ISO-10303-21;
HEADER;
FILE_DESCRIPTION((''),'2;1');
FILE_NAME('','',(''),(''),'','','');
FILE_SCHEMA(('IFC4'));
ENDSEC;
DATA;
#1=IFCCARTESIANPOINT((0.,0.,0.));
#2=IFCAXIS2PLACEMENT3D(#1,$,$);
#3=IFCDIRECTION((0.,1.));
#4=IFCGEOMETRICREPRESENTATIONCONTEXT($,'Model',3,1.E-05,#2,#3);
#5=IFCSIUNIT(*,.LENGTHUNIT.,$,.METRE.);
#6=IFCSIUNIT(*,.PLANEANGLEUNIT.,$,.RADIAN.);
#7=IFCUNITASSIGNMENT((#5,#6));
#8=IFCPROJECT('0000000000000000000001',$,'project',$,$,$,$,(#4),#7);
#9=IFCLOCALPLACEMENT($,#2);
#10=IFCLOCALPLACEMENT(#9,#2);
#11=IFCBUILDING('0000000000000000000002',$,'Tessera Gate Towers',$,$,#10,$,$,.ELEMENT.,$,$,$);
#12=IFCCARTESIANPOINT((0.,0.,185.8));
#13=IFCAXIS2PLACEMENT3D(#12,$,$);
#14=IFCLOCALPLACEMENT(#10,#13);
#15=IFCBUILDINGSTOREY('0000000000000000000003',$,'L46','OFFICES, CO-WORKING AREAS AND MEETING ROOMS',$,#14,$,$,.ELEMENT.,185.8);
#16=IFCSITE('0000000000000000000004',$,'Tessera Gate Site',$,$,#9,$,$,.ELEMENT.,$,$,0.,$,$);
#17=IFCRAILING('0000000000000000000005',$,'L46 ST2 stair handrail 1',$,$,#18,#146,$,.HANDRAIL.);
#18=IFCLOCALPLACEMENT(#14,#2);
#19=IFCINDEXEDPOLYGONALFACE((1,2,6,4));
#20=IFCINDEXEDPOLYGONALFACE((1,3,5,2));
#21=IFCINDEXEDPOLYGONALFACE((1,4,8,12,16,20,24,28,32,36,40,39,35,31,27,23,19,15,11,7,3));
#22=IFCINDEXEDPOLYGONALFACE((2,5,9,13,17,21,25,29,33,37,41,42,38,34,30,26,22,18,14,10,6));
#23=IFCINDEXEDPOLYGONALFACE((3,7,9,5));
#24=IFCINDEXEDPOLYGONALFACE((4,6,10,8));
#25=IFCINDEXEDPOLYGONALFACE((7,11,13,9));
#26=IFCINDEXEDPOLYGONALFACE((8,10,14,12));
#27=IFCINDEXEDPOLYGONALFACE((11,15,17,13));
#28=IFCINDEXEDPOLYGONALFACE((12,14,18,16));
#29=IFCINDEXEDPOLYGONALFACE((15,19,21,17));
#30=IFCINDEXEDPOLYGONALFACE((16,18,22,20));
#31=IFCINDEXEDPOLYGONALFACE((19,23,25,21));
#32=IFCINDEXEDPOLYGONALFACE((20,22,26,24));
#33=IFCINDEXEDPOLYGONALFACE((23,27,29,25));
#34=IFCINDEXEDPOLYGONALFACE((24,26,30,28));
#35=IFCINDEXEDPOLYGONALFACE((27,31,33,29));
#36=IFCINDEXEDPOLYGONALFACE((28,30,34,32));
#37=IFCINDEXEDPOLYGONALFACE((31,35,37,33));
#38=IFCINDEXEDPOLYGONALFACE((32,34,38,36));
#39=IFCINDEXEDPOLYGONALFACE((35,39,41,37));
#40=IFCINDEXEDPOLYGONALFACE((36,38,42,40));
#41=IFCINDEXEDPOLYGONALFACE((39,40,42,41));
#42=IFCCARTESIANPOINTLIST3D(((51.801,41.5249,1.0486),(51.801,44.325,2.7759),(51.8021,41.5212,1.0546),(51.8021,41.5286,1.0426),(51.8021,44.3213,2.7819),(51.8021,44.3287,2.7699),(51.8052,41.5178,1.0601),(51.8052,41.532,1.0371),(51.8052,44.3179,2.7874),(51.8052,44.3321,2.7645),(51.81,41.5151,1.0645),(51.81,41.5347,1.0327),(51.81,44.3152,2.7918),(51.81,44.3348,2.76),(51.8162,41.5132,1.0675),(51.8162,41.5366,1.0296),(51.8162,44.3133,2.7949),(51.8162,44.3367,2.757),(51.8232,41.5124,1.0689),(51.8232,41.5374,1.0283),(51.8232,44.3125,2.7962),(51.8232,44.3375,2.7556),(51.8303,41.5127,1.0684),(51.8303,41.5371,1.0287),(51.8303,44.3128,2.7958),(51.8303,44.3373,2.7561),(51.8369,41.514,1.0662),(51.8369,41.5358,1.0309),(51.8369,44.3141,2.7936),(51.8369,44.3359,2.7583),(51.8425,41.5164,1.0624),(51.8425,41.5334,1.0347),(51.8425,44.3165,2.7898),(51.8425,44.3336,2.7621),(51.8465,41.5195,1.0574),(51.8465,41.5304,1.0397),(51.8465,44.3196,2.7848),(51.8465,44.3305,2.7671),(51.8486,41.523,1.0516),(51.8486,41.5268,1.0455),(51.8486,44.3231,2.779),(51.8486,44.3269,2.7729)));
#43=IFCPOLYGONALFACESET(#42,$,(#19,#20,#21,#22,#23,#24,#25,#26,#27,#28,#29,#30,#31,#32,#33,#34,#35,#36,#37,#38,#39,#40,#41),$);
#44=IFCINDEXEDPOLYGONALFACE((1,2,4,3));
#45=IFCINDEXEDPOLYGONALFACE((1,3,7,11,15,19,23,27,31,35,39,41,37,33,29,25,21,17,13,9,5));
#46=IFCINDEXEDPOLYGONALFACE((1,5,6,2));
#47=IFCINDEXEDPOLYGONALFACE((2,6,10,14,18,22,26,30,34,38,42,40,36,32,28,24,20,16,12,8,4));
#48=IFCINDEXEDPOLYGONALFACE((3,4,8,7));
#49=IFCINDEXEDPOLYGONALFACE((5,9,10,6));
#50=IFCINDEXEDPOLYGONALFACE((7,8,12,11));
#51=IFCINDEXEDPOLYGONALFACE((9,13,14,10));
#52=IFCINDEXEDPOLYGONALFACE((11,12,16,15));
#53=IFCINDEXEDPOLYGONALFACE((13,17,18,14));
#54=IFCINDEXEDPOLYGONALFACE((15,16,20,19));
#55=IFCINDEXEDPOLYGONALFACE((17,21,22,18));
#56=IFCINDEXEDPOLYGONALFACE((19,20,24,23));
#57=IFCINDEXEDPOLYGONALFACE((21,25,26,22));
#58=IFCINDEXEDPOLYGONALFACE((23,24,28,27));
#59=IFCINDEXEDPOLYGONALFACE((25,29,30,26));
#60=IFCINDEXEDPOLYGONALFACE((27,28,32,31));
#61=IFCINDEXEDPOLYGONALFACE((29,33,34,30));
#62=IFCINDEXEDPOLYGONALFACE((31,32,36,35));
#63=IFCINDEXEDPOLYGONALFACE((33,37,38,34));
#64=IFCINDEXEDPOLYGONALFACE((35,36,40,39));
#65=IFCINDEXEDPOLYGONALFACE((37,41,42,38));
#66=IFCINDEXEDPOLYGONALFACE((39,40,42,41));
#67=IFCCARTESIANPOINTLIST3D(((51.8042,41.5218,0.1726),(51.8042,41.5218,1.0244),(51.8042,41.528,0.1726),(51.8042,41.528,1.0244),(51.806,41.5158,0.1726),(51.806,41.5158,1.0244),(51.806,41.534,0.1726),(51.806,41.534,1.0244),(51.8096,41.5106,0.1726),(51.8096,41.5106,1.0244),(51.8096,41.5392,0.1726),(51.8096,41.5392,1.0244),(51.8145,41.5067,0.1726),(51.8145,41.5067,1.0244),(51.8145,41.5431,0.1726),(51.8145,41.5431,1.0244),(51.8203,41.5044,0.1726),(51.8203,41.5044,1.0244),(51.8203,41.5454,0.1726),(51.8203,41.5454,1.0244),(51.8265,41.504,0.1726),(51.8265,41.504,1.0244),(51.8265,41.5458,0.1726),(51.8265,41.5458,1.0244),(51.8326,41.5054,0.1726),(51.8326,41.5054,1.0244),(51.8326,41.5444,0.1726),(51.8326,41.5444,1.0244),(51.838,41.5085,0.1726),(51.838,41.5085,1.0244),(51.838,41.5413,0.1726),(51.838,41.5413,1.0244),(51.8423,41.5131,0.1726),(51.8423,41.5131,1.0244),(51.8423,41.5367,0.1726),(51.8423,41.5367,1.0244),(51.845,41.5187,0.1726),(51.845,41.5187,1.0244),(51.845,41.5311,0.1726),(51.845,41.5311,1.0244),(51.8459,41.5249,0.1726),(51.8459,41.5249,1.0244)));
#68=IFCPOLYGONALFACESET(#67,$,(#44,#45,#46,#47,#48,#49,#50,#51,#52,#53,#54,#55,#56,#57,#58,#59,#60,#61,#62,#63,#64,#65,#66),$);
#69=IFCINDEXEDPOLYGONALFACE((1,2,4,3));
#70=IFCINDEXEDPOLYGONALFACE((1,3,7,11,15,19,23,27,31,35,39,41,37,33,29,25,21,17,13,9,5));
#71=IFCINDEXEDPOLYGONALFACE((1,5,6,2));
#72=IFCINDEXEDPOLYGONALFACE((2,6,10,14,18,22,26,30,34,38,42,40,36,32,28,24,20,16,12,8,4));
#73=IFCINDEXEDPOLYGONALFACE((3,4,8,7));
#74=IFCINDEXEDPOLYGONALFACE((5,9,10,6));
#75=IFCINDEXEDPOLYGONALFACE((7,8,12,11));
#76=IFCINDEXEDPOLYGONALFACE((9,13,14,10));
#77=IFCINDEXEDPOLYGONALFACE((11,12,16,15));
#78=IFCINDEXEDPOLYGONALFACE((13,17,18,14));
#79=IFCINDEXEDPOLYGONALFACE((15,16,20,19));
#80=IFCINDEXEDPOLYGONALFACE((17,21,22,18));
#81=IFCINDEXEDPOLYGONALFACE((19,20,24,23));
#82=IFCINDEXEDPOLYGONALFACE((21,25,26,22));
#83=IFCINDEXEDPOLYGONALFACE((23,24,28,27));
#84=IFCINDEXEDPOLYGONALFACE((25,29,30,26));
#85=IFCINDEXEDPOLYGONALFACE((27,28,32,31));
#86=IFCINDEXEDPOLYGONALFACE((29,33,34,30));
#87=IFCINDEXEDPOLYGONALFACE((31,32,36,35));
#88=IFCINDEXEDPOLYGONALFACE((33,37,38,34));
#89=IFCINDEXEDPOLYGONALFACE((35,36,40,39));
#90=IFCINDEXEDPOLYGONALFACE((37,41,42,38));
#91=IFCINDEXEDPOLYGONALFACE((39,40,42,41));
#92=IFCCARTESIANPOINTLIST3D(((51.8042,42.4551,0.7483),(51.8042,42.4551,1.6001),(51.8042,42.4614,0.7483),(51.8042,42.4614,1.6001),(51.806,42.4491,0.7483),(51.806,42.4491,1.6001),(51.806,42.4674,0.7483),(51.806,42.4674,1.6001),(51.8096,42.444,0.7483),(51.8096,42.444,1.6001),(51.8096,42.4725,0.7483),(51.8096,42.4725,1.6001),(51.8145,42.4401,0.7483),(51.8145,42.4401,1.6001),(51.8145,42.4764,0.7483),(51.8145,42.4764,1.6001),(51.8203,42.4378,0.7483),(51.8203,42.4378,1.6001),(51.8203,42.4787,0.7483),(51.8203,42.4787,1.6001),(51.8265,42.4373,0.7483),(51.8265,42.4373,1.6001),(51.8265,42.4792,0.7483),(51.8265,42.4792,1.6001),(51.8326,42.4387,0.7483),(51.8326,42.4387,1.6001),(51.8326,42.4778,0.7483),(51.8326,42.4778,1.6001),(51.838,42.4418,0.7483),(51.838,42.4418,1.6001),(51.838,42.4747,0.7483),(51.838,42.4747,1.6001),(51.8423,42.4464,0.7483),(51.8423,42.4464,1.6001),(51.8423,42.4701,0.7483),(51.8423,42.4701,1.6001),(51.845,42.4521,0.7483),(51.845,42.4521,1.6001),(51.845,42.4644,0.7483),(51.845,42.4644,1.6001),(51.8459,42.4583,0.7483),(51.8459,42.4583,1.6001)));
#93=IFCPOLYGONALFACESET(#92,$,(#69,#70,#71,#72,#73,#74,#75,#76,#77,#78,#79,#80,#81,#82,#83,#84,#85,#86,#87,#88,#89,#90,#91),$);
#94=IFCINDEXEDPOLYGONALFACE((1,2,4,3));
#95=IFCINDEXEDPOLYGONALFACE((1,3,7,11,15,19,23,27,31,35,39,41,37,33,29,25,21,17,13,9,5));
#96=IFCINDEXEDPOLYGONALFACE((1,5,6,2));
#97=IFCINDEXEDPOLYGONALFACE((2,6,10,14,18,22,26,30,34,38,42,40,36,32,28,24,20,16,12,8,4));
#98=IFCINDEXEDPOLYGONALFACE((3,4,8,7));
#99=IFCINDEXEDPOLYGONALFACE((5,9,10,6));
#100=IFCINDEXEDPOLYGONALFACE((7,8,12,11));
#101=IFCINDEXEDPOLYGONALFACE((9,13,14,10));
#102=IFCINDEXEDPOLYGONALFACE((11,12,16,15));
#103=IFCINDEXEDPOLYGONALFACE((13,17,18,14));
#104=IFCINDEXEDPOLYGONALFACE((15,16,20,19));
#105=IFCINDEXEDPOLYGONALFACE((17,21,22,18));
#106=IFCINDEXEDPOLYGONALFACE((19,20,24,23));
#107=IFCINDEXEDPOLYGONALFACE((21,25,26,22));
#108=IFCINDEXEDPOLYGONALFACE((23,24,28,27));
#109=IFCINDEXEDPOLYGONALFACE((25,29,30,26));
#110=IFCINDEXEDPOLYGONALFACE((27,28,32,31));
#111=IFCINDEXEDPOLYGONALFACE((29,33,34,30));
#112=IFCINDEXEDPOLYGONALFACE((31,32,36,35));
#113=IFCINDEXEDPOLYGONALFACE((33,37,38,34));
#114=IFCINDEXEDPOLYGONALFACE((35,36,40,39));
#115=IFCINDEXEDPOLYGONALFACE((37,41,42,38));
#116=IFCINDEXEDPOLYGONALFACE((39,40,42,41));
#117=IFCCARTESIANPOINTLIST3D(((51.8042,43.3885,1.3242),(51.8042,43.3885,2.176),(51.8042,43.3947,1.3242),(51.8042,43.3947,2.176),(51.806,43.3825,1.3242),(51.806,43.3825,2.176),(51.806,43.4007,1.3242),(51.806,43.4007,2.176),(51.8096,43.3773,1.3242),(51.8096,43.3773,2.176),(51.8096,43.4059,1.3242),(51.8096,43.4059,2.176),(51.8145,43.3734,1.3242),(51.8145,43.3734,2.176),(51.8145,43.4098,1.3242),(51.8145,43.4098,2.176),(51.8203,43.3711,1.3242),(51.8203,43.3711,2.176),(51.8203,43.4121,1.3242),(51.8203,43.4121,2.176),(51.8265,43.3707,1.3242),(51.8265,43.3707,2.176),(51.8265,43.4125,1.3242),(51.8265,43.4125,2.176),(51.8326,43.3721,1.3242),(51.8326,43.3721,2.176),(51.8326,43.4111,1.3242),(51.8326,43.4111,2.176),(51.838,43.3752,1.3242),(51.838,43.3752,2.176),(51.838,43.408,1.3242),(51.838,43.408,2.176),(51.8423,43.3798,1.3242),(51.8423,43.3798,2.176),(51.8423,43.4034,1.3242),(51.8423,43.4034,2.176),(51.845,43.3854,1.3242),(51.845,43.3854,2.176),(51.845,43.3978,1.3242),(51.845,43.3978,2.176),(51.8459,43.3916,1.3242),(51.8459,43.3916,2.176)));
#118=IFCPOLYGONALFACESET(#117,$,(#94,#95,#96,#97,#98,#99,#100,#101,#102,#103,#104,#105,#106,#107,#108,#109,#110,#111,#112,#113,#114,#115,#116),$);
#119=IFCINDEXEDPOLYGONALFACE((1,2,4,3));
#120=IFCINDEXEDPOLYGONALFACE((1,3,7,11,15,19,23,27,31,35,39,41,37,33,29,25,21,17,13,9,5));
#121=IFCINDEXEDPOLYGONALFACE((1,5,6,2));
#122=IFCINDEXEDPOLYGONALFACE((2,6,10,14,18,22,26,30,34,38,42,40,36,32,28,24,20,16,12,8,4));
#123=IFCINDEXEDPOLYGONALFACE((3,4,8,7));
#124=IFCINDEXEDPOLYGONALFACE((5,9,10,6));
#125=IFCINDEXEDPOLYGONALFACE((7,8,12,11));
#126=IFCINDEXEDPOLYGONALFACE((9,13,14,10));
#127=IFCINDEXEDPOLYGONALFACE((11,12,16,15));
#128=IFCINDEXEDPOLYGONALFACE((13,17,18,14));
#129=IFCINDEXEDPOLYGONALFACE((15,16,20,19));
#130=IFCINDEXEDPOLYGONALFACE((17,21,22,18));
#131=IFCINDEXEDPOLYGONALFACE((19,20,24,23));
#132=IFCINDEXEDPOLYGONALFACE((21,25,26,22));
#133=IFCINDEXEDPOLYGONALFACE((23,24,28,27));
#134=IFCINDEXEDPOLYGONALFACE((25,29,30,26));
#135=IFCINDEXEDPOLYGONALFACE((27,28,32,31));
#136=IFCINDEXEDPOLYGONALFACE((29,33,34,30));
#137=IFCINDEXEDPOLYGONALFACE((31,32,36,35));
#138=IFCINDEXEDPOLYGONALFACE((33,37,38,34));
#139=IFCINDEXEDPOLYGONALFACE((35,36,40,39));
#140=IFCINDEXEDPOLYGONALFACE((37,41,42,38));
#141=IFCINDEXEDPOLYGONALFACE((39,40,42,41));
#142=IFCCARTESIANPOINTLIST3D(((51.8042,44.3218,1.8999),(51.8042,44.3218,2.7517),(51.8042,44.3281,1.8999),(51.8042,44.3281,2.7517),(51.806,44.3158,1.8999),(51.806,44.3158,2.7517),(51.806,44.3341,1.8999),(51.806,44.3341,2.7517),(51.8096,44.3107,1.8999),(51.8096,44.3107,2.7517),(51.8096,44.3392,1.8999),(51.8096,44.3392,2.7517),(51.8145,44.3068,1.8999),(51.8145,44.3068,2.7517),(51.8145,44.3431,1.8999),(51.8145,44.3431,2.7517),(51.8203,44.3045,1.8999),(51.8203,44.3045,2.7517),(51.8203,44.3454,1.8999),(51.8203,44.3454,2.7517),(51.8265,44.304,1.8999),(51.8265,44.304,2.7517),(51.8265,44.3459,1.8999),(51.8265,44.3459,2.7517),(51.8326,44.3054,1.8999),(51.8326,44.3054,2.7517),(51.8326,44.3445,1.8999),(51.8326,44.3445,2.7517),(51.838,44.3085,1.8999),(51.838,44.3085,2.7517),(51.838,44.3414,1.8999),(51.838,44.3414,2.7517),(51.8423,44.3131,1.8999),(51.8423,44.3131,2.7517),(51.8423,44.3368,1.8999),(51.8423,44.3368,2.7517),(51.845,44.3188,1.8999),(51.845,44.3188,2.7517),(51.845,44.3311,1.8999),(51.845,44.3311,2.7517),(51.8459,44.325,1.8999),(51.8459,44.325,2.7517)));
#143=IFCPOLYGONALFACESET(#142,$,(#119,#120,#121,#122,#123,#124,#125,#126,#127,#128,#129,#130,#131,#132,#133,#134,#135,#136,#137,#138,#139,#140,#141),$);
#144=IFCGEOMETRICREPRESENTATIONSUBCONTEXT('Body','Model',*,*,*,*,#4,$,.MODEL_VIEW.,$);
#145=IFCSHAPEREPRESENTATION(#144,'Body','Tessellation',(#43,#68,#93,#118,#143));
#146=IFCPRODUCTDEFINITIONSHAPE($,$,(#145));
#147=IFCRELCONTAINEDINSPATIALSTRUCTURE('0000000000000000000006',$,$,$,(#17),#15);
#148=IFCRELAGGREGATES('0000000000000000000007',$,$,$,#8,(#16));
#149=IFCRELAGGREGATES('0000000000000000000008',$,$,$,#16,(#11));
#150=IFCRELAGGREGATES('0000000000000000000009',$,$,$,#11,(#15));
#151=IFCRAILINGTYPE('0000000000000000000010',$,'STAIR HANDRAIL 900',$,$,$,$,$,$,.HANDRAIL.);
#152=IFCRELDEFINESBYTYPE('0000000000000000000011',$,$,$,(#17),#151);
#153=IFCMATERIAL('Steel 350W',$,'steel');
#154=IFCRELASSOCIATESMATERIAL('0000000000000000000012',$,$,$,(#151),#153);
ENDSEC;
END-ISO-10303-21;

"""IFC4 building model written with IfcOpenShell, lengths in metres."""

from ifc_helpers import new_model, si_unit, direction, frame, origin, origin_2d, place, context, subcontext, project, spatial, circle, extrude, material, type_object, element, save


model = new_model("IFC4")

# Units and contexts
model_context = context("Model", 3, precision=1e-05, world=origin(), true_north=direction((0.0, 1.0)))
body_context = subcontext(model_context, "Body", "Model", "MODEL_VIEW")
ifc_project = project(units=[si_unit("LENGTHUNIT", "METRE"), si_unit("PLANEANGLEUNIT", "RADIAN")], contexts=[model_context])

# Site, building, storey
site_placement = place(None, origin())
site = spatial("IfcSite", under=ifc_project, at=site_placement, Name="Tessera Gate Site", CompositionType="ELEMENT", RefElevation=0.0)
building_placement = place(site_placement, origin())
building = spatial("IfcBuilding", under=site, at=building_placement, Name="Tessera Gate Towers", CompositionType="ELEMENT")
storey_placement = place(building_placement, frame((0.0, 0.0, 185.8)))
storey = spatial("IfcBuildingStorey", under=building, at=storey_placement, Name="L46", Description="OFFICES, CO-WORKING AREAS AND MEETING ROOMS", CompositionType="ELEMENT", Elevation=185.8)

# Railing
ifc_material_1 = material(Name="Steel 350W", Category="steel")
railing_type_1 = type_object("IfcRailingType", Name="STAIR HANDRAIL 900", PredefinedType="HANDRAIL", material=ifc_material_1)
railing_1_placement = place(storey_placement, frame((51.825, 41.5249, 0.1726)))
element("IfcRailing", 1, at=railing_1_placement, inside=storey, type_object=railing_type_1, Name="L46 ST2 stair handrail 1", PredefinedType="HANDRAIL", context=body_context, shape_type="SweptSolid", body=[
    extrude(circle(Radius=0.0239, at=origin_2d()), frame((0.0, 0.0, 0.876), z_axis=(0.0, 0.85109, 0.52502), x_axis=(-1.0, 0.0, 0.0)), (0.0, 0.0, 1.0), 3.29),
    extrude(circle(Radius=0.021, at=origin_2d()), origin(), (0.0, 0.0, 1.0), 0.8518),
    extrude(circle(Radius=0.021, at=origin_2d()), frame((0.0, 0.9333, 0.5757)), (0.0, 0.0, 1.0), 0.8518),
    extrude(circle(Radius=0.021, at=origin_2d()), frame((0.0, 1.8667, 1.1516)), (0.0, 0.0, 1.0), 0.8518),
    extrude(circle(Radius=0.021, at=origin_2d()), frame((0.0, 2.8, 1.7273)), (0.0, 0.0, 1.0), 0.8518),
])

save(model, "model.ifc")
